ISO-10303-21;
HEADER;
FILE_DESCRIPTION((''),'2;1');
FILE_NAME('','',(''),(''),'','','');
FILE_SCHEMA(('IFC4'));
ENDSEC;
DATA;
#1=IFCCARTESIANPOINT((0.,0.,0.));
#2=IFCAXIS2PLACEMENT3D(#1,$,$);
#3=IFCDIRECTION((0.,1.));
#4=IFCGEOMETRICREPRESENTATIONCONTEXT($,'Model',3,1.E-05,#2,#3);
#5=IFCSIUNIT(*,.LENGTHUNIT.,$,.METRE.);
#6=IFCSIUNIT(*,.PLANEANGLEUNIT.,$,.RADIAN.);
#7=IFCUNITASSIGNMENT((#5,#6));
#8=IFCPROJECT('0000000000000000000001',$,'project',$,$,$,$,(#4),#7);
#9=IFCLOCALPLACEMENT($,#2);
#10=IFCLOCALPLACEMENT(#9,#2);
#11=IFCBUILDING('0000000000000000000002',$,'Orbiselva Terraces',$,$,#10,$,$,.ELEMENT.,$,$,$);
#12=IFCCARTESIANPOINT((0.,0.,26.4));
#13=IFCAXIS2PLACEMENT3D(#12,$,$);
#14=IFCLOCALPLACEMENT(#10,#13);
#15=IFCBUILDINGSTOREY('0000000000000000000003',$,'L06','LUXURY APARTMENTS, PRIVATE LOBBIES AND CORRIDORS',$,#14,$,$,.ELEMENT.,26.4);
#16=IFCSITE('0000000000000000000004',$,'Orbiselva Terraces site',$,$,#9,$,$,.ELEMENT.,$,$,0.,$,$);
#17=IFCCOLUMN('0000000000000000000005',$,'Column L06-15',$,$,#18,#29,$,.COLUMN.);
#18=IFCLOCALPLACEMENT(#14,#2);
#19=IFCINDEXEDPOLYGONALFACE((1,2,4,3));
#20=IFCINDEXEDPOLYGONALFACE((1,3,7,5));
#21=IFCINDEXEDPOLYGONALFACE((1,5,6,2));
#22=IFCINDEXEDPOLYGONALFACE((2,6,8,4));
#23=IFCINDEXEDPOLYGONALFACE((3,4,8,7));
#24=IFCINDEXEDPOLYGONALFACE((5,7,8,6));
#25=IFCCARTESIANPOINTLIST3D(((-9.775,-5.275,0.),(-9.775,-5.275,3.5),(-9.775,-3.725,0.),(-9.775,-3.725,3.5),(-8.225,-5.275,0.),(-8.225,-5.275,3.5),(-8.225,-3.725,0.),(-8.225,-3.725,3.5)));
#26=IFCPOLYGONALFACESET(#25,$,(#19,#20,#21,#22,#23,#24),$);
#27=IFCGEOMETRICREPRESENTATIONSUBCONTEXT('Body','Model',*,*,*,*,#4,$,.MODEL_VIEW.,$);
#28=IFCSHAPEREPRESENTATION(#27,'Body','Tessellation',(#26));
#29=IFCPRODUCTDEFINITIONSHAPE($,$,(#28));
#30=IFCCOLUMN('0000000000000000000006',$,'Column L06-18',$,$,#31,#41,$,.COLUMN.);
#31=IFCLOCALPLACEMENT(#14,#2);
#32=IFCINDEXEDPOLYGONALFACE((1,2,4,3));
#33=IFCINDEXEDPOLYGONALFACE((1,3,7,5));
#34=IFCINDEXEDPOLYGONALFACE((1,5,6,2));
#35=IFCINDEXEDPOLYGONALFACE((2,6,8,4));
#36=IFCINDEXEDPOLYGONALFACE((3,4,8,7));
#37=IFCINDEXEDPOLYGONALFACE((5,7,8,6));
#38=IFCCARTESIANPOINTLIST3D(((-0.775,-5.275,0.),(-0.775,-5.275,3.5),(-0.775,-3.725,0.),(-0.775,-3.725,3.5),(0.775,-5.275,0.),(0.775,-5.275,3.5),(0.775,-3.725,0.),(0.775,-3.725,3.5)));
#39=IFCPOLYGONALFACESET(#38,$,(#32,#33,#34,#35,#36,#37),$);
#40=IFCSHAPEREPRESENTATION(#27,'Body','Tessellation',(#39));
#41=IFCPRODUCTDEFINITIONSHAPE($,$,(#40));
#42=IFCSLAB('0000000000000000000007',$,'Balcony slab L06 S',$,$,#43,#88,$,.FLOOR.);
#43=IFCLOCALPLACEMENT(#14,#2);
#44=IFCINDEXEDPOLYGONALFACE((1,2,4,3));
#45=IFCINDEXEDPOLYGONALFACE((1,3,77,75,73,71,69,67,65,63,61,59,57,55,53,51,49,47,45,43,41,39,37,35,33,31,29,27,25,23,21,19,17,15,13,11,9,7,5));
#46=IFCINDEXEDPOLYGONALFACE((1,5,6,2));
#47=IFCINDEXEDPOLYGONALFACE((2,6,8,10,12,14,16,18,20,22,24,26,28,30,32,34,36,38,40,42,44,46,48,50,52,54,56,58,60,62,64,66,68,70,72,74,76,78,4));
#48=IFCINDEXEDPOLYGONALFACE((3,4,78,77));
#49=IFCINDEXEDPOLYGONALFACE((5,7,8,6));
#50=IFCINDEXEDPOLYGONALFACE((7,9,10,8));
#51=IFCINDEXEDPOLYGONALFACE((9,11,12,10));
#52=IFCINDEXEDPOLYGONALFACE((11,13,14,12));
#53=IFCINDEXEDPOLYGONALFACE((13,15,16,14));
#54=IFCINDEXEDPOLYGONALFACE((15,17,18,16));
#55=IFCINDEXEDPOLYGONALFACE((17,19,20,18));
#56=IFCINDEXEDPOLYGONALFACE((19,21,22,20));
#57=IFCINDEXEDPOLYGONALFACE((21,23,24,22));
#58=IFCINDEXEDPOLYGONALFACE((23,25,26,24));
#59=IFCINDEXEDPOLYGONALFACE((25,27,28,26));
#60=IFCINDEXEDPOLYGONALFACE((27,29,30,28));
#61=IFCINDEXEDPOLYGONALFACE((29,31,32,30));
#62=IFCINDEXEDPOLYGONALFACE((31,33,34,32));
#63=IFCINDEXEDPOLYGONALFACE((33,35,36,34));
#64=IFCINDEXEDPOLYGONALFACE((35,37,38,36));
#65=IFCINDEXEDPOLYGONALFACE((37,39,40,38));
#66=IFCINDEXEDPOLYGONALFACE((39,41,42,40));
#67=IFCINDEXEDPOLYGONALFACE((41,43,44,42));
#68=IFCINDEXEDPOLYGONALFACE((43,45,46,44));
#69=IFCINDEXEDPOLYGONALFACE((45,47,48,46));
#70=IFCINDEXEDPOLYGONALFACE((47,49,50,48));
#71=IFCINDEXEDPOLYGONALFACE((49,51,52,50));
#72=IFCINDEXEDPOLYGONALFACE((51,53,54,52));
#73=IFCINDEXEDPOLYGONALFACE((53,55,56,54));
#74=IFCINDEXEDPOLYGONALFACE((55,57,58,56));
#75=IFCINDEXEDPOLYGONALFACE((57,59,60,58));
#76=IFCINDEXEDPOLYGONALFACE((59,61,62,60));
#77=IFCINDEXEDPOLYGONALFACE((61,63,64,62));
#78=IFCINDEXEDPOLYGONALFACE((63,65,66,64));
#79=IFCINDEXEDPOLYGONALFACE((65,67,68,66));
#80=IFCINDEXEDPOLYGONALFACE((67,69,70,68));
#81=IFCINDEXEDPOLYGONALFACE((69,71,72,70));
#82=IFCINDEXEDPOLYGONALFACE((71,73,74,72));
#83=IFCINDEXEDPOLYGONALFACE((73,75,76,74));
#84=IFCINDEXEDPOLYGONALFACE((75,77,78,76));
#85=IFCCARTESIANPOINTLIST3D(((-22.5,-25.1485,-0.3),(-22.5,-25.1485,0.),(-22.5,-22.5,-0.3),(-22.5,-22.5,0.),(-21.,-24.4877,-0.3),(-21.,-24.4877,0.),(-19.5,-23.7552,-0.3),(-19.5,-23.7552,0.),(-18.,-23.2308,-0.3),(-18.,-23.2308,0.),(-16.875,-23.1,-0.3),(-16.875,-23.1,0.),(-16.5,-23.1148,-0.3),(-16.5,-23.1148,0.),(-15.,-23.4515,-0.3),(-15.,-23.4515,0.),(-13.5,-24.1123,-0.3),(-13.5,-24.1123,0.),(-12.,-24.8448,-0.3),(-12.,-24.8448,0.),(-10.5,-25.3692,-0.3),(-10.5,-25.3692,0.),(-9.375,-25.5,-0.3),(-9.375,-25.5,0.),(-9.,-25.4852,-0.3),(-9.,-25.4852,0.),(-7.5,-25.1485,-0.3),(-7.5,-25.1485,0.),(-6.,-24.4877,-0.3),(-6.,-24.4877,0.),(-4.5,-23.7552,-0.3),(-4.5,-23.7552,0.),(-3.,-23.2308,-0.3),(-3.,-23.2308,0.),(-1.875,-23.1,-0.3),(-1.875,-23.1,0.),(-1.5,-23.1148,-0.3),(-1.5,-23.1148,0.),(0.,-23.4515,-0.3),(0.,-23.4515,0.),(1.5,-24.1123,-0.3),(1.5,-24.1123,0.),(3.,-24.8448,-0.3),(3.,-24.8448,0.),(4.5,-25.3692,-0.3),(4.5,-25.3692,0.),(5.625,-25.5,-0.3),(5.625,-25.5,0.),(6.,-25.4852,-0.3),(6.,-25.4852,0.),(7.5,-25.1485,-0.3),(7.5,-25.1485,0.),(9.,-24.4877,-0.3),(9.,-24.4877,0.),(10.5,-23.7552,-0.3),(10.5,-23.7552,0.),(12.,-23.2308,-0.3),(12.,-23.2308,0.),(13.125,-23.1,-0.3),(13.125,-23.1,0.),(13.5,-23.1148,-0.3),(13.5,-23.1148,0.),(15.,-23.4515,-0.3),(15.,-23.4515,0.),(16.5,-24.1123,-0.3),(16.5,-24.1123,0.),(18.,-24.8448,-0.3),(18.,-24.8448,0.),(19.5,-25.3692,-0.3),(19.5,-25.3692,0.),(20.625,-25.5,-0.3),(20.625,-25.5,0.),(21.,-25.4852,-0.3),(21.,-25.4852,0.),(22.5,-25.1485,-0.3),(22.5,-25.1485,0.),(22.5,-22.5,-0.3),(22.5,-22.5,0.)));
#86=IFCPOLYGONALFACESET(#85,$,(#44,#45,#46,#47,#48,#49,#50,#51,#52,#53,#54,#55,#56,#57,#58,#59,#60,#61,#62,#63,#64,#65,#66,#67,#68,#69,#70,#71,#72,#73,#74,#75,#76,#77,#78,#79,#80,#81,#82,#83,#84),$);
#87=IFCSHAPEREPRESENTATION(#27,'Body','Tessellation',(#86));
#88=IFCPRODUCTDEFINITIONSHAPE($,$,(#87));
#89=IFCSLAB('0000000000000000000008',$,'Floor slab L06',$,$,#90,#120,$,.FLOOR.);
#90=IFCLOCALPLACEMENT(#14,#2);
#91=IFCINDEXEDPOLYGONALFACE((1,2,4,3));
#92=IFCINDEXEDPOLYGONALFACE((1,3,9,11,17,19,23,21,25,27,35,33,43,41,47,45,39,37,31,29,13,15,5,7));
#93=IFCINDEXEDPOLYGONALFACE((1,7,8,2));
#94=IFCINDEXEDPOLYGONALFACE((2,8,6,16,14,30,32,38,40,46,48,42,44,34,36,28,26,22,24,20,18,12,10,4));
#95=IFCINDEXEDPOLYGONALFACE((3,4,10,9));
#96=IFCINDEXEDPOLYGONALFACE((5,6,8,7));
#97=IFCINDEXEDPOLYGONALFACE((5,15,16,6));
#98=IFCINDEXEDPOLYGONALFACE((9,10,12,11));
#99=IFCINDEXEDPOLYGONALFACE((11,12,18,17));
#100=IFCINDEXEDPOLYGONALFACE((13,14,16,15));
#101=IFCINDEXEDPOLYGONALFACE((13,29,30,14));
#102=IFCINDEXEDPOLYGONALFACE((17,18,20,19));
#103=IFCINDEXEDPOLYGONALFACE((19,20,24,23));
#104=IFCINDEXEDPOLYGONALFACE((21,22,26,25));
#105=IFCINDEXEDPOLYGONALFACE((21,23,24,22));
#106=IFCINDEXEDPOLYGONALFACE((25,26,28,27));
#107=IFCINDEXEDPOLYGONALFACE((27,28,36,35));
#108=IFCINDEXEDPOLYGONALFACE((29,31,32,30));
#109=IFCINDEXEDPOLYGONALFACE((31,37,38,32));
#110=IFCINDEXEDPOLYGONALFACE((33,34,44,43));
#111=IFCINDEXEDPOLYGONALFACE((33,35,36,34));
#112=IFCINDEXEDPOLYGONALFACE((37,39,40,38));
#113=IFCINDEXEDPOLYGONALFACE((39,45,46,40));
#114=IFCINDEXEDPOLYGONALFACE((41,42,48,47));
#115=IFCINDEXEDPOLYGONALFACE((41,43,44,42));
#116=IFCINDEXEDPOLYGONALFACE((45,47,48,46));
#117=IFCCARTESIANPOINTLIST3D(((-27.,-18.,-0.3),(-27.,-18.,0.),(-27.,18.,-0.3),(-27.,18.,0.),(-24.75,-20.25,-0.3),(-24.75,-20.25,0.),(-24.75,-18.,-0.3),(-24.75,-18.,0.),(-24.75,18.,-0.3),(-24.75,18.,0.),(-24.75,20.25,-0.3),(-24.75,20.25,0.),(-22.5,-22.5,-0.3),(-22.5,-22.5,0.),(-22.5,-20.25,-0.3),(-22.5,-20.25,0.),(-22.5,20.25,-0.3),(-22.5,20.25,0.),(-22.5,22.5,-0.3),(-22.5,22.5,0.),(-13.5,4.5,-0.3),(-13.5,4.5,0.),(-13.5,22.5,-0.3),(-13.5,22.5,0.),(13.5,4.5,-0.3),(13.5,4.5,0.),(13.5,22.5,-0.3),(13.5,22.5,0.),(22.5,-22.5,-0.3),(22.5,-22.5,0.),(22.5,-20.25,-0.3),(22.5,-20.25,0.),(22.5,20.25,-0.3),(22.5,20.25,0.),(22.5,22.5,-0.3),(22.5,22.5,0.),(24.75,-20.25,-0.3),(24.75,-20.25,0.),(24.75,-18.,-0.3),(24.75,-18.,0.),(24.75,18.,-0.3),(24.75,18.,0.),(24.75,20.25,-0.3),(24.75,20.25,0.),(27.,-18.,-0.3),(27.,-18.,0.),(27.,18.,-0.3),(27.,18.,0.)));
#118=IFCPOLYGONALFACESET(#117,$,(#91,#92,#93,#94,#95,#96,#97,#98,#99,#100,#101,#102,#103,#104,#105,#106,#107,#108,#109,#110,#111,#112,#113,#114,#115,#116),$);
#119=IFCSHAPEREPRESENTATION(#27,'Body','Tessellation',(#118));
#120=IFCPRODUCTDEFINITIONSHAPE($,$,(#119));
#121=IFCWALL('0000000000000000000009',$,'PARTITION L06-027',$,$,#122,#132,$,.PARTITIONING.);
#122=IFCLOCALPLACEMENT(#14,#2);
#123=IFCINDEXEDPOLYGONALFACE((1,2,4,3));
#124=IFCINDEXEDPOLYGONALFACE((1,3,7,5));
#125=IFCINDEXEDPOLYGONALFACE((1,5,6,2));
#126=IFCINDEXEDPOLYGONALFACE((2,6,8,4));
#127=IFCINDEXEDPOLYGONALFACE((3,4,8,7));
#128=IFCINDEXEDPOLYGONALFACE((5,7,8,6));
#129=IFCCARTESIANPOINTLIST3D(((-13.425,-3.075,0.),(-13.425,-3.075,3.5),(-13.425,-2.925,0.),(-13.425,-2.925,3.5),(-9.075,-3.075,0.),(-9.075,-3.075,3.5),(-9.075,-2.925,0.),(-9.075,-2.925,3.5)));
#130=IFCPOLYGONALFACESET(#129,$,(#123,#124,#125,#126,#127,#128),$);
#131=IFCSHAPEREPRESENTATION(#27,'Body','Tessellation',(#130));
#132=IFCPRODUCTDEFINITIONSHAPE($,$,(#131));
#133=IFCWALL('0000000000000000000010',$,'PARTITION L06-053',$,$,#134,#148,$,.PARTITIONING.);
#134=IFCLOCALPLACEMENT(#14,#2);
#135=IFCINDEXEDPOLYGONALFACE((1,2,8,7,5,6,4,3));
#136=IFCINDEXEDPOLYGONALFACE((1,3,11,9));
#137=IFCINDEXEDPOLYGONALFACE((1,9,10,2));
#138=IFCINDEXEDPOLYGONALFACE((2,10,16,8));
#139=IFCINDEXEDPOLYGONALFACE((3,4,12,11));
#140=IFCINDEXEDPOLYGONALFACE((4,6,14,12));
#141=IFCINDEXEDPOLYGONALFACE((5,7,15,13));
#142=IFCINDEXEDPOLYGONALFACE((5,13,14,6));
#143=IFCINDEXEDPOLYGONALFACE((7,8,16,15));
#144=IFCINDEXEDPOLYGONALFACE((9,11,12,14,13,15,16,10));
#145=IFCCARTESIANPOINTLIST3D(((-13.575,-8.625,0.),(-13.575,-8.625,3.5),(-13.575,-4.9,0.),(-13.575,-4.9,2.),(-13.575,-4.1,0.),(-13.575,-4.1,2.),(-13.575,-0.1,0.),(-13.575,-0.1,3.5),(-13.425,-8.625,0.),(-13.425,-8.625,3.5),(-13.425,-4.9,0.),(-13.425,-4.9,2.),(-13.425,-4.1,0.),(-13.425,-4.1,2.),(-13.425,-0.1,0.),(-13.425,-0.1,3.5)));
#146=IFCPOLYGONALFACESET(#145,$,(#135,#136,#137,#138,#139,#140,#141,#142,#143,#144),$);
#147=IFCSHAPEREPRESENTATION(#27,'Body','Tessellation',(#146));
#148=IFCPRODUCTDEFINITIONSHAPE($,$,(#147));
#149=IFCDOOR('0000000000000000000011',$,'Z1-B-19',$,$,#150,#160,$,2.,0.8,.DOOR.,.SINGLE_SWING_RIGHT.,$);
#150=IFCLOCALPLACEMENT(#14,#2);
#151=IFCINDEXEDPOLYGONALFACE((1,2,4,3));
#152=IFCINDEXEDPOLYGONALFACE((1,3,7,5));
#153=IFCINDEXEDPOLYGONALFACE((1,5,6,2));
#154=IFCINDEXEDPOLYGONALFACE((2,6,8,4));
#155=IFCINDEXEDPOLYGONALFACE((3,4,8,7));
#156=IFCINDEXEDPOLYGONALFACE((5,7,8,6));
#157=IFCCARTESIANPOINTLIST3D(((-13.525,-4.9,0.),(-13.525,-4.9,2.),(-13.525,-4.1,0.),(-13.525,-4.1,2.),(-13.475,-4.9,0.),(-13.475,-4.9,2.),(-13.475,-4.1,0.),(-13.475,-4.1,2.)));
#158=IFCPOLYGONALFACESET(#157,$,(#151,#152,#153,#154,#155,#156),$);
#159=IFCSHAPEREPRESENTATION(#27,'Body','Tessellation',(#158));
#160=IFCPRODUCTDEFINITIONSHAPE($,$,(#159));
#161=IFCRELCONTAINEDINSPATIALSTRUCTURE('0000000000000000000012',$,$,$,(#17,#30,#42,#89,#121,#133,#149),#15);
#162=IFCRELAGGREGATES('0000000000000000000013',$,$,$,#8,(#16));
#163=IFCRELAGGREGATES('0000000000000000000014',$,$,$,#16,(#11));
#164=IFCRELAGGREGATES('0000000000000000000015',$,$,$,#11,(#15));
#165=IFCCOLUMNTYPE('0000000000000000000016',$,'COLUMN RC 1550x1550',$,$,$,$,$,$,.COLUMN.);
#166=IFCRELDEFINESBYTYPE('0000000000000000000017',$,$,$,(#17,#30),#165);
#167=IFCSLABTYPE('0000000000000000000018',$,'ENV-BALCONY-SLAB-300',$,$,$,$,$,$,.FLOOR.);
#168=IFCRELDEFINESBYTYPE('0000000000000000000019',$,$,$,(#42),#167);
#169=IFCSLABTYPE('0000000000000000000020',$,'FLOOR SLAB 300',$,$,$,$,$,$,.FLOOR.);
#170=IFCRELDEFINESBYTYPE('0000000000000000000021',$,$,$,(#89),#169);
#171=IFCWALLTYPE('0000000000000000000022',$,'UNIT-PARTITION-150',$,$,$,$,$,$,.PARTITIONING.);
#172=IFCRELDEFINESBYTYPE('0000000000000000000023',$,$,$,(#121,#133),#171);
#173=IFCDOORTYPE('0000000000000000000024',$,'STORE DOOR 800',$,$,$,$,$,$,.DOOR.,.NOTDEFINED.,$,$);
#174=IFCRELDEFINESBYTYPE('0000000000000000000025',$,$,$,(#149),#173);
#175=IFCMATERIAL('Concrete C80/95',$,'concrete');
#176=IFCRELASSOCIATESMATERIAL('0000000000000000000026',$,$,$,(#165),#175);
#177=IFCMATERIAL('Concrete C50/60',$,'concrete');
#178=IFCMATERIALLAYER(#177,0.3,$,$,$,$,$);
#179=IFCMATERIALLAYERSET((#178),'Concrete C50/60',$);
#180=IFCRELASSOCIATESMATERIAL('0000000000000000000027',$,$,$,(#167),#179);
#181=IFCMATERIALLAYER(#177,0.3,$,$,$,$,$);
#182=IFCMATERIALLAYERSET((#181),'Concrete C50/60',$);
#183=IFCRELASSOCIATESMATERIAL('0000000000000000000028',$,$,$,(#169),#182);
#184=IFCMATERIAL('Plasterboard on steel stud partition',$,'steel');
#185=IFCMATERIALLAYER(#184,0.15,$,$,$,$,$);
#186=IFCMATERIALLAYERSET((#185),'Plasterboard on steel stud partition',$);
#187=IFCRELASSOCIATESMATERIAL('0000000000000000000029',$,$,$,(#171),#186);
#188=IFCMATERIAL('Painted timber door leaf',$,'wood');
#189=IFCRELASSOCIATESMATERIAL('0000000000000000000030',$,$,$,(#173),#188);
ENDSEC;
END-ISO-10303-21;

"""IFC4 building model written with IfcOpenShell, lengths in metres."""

from ifc_helpers import new_model, si_unit, direction, frame, frame_2d, origin, origin_2d, place, context, subcontext, project, spatial, polyline, rectangle, outline, extrude, material, layer, layer_set, material_profile, profile_set, type_object, element, fill, save


model = new_model("IFC4")

# Units and contexts
model_context = context("Model", 3, precision=1e-05, world=origin(), true_north=direction((0.0, 1.0)))
body_context = subcontext(model_context, "Body", "Model", "MODEL_VIEW")
ifc_project = project(units=[si_unit("LENGTHUNIT", "METRE"), si_unit("PLANEANGLEUNIT", "RADIAN")], contexts=[model_context])

# Site, building, storey
site_placement = place(None, origin())
site = spatial("IfcSite", under=ifc_project, at=site_placement, Name="Orbiselva Terraces site", CompositionType="ELEMENT", RefElevation=0.0)
building_placement = place(site_placement, origin())
building = spatial("IfcBuilding", under=site, at=building_placement, Name="Orbiselva Terraces", CompositionType="ELEMENT")
storey_placement = place(building_placement, frame((0.0, 0.0, 26.4)))
storey = spatial("IfcBuildingStorey", under=building, at=storey_placement, Name="L06", Description="LUXURY APARTMENTS, PRIVATE LOBBIES AND CORRIDORS", CompositionType="ELEMENT", Elevation=26.4)

# Columns
ifc_material_1 = material(Name="Concrete C80/95", Category="concrete")
ifc_material_profile = material_profile(ifc_material_1, rectangle(XDim=1.55, YDim=1.55, at=origin_2d()), Name="RC 1550x1550")
ifc_profile_set = profile_set([ifc_material_profile], Name="Concrete C80/95")
column_type = type_object("IfcColumnType", Name="COLUMN RC 1550x1550", PredefinedType="COLUMN", material=ifc_profile_set)
for number, where, z_axis, x_axis, name in (
    (1, (-9.0, -4.5, 0.0), (0.0, 0.0, 1.0), (1.0, 0.0, 0.0), "Column L06-15"),
    (2, (0.0, -4.5, 0.0), (0.0, 0.0, 1.0), (1.0, 0.0, 0.0), "Column L06-18"),
):
    element("IfcColumn", number, at=place(storey_placement, frame(where, z_axis=z_axis, x_axis=x_axis)), inside=storey, type_object=column_type, Name=name, PredefinedType="COLUMN", context=body_context, shape_type="SweptSolid", body=[
        extrude(rectangle(XDim=1.55, YDim=1.55, at=origin_2d()), origin(), (0.0, 0.0, 1.0), 3.5),
    ])

# Slabs
ifc_material_2 = material(Name="Concrete C50/60", Category="concrete")
ifc_layer_1 = layer(ifc_material_2, 0.3)
ifc_layer_set_1 = layer_set([ifc_layer_1], Name="Concrete C50/60")
slab_type_1 = type_object("IfcSlabType", Name="ENV-BALCONY-SLAB-300", PredefinedType="FLOOR", material=ifc_layer_set_1)
slab_1_placement = place(storey_placement, frame((0.0, 0.0, -0.3)))
element("IfcSlab", 3, at=slab_1_placement, inside=storey, type_object=slab_type_1, Name="Balcony slab L06 S", PredefinedType="FLOOR", context=body_context, shape_type="SweptSolid", body=[
    extrude(outline(polyline([(-22.5, -25.1485), (-21.0, -24.4877), (-19.5, -23.7552), (-18.0, -23.2308), (-16.875, -23.1), (-16.5, -23.1148), (-15.0, -23.4515), (-13.5, -24.1123), (-12.0, -24.8448), (-10.5, -25.3692), (-9.375, -25.5), (-9.0, -25.4852), (-7.5, -25.1485), (-6.0, -24.4877), (-4.5, -23.7552), (-3.0, -23.2308), (-1.875, -23.1), (-1.5, -23.1148), (0.0, -23.4515), (1.5, -24.1123), (3.0, -24.8448), (4.5, -25.3692), (5.625, -25.5), (6.0, -25.4852), (7.5, -25.1485), (9.0, -24.4877), (10.5, -23.7552), (12.0, -23.2308), (13.125, -23.1), (13.5, -23.1148), (15.0, -23.4515), (16.5, -24.1123), (18.0, -24.8448), (19.5, -25.3692), (20.625, -25.5), (21.0, -25.4852), (22.5, -25.1485), (22.5, -22.5), (-22.5, -22.5), (-22.5, -25.1485)])), origin(), (0.0, 0.0, 1.0), 0.3),
])
ifc_layer_2 = layer(ifc_material_2, 0.3)
ifc_layer_set_2 = layer_set([ifc_layer_2], Name="Concrete C50/60")
slab_type_2 = type_object("IfcSlabType", Name="FLOOR SLAB 300", PredefinedType="FLOOR", material=ifc_layer_set_2)
slab_2_placement = place(storey_placement, frame((0.0, 0.0, -0.3)))
element("IfcSlab", 4, at=slab_2_placement, inside=storey, type_object=slab_type_2, Name="Floor slab L06", PredefinedType="FLOOR", context=body_context, shape_type="SweptSolid", body=[
    extrude(outline(polyline([(22.5, 22.5), (22.5, 20.25), (24.75, 20.25), (24.75, 18.0), (27.0, 18.0), (27.0, -18.0), (24.75, -18.0), (24.75, -20.25), (22.5, -20.25), (22.5, -22.5), (-22.5, -22.5), (-22.5, -20.25), (-24.75, -20.25), (-24.75, -18.0), (-27.0, -18.0), (-27.0, 18.0), (-24.75, 18.0), (-24.75, 20.25), (-22.5, 20.25), (-22.5, 22.5), (-13.5, 22.5), (-13.5, 4.5), (13.5, 4.5), (13.5, 22.5), (22.5, 22.5)])), origin(), (0.0, 0.0, 1.0), 0.3),
])

# Wall
ifc_material_3 = material(Name="Plasterboard on steel stud partition", Category="steel")
ifc_layer_3 = layer(ifc_material_3, 0.15)
ifc_layer_set_3 = layer_set([ifc_layer_3], Name="Plasterboard on steel stud partition")
wall_type = type_object("IfcWallType", Name="UNIT-PARTITION-150", PredefinedType="PARTITIONING", material=ifc_layer_set_3)
wall_1_placement = place(storey_placement, frame((-13.425, -3.0, 0.0), z_axis=(0.0, 0.0, 1.0), x_axis=(1.0, 0.0, 0.0)))
element("IfcWall", 5, at=wall_1_placement, inside=storey, type_object=wall_type, Name="PARTITION L06-027", PredefinedType="PARTITIONING", context=body_context, shape_type="SweptSolid", body=[
    extrude(rectangle(XDim=4.35, YDim=0.15, at=frame_2d((2.175, 0.0))), origin(), (0.0, 0.0, 1.0), 3.5),
])

# Wall, opening, door
wall_2_placement = place(storey_placement, frame((-13.5, -0.1, 0.0), z_axis=(0.0, 0.0, 1.0), x_axis=(0.0, -1.0, 0.0)))
wall_2 = element("IfcWall", 6, at=wall_2_placement, inside=storey, type_object=wall_type, Name="PARTITION L06-053", PredefinedType="PARTITIONING", context=body_context, shape_type="SweptSolid", body=[
    extrude(rectangle(XDim=8.525, YDim=0.15, at=frame_2d((4.2625, 0.0))), origin(), (0.0, 0.0, 1.0), 3.5),
])
opening_1_placement = place(wall_2_placement, frame((4.0, 0.0, 0.0)))
opening_1 = element("IfcOpeningElement", 7, at=opening_1_placement, cuts=wall_2, PredefinedType="OPENING", context=body_context, shape_type="SweptSolid", body=[
    extrude(rectangle(XDim=0.8, YDim=2.0, at=frame_2d((0.4, 1.0))), frame((0.0, 0.085, 0.0), z_axis=(0.0, -1.0, 0.0), x_axis=(1.0, 0.0, 0.0)), (0.0, 0.0, 1.0), 0.17),
])
ifc_material_4 = material(Name="Painted timber door leaf", Category="wood")
door_type_1 = type_object("IfcDoorType", Name="STORE DOOR 800", OperationType="NOTDEFINED", PredefinedType="DOOR", material=ifc_material_4)
door_1_placement = place(opening_1_placement, origin())
door_1 = element("IfcDoor", 8, at=door_1_placement, inside=storey, type_object=door_type_1, Name="Z1-B-19", OperationType="SINGLE_SWING_RIGHT", OverallHeight=2.0, OverallWidth=0.8, PredefinedType="DOOR", context=body_context, shape_type="SweptSolid", body=[
    extrude(rectangle(XDim=0.8, YDim=2.0, at=frame_2d((0.4, 1.0))), frame((0.0, 0.025, 0.0), z_axis=(0.0, -1.0, 0.0), x_axis=(1.0, 0.0, 0.0)), (0.0, 0.0, 1.0), 0.05),
])
fill(opening_1, door_1)

save(model, "model.ifc")
